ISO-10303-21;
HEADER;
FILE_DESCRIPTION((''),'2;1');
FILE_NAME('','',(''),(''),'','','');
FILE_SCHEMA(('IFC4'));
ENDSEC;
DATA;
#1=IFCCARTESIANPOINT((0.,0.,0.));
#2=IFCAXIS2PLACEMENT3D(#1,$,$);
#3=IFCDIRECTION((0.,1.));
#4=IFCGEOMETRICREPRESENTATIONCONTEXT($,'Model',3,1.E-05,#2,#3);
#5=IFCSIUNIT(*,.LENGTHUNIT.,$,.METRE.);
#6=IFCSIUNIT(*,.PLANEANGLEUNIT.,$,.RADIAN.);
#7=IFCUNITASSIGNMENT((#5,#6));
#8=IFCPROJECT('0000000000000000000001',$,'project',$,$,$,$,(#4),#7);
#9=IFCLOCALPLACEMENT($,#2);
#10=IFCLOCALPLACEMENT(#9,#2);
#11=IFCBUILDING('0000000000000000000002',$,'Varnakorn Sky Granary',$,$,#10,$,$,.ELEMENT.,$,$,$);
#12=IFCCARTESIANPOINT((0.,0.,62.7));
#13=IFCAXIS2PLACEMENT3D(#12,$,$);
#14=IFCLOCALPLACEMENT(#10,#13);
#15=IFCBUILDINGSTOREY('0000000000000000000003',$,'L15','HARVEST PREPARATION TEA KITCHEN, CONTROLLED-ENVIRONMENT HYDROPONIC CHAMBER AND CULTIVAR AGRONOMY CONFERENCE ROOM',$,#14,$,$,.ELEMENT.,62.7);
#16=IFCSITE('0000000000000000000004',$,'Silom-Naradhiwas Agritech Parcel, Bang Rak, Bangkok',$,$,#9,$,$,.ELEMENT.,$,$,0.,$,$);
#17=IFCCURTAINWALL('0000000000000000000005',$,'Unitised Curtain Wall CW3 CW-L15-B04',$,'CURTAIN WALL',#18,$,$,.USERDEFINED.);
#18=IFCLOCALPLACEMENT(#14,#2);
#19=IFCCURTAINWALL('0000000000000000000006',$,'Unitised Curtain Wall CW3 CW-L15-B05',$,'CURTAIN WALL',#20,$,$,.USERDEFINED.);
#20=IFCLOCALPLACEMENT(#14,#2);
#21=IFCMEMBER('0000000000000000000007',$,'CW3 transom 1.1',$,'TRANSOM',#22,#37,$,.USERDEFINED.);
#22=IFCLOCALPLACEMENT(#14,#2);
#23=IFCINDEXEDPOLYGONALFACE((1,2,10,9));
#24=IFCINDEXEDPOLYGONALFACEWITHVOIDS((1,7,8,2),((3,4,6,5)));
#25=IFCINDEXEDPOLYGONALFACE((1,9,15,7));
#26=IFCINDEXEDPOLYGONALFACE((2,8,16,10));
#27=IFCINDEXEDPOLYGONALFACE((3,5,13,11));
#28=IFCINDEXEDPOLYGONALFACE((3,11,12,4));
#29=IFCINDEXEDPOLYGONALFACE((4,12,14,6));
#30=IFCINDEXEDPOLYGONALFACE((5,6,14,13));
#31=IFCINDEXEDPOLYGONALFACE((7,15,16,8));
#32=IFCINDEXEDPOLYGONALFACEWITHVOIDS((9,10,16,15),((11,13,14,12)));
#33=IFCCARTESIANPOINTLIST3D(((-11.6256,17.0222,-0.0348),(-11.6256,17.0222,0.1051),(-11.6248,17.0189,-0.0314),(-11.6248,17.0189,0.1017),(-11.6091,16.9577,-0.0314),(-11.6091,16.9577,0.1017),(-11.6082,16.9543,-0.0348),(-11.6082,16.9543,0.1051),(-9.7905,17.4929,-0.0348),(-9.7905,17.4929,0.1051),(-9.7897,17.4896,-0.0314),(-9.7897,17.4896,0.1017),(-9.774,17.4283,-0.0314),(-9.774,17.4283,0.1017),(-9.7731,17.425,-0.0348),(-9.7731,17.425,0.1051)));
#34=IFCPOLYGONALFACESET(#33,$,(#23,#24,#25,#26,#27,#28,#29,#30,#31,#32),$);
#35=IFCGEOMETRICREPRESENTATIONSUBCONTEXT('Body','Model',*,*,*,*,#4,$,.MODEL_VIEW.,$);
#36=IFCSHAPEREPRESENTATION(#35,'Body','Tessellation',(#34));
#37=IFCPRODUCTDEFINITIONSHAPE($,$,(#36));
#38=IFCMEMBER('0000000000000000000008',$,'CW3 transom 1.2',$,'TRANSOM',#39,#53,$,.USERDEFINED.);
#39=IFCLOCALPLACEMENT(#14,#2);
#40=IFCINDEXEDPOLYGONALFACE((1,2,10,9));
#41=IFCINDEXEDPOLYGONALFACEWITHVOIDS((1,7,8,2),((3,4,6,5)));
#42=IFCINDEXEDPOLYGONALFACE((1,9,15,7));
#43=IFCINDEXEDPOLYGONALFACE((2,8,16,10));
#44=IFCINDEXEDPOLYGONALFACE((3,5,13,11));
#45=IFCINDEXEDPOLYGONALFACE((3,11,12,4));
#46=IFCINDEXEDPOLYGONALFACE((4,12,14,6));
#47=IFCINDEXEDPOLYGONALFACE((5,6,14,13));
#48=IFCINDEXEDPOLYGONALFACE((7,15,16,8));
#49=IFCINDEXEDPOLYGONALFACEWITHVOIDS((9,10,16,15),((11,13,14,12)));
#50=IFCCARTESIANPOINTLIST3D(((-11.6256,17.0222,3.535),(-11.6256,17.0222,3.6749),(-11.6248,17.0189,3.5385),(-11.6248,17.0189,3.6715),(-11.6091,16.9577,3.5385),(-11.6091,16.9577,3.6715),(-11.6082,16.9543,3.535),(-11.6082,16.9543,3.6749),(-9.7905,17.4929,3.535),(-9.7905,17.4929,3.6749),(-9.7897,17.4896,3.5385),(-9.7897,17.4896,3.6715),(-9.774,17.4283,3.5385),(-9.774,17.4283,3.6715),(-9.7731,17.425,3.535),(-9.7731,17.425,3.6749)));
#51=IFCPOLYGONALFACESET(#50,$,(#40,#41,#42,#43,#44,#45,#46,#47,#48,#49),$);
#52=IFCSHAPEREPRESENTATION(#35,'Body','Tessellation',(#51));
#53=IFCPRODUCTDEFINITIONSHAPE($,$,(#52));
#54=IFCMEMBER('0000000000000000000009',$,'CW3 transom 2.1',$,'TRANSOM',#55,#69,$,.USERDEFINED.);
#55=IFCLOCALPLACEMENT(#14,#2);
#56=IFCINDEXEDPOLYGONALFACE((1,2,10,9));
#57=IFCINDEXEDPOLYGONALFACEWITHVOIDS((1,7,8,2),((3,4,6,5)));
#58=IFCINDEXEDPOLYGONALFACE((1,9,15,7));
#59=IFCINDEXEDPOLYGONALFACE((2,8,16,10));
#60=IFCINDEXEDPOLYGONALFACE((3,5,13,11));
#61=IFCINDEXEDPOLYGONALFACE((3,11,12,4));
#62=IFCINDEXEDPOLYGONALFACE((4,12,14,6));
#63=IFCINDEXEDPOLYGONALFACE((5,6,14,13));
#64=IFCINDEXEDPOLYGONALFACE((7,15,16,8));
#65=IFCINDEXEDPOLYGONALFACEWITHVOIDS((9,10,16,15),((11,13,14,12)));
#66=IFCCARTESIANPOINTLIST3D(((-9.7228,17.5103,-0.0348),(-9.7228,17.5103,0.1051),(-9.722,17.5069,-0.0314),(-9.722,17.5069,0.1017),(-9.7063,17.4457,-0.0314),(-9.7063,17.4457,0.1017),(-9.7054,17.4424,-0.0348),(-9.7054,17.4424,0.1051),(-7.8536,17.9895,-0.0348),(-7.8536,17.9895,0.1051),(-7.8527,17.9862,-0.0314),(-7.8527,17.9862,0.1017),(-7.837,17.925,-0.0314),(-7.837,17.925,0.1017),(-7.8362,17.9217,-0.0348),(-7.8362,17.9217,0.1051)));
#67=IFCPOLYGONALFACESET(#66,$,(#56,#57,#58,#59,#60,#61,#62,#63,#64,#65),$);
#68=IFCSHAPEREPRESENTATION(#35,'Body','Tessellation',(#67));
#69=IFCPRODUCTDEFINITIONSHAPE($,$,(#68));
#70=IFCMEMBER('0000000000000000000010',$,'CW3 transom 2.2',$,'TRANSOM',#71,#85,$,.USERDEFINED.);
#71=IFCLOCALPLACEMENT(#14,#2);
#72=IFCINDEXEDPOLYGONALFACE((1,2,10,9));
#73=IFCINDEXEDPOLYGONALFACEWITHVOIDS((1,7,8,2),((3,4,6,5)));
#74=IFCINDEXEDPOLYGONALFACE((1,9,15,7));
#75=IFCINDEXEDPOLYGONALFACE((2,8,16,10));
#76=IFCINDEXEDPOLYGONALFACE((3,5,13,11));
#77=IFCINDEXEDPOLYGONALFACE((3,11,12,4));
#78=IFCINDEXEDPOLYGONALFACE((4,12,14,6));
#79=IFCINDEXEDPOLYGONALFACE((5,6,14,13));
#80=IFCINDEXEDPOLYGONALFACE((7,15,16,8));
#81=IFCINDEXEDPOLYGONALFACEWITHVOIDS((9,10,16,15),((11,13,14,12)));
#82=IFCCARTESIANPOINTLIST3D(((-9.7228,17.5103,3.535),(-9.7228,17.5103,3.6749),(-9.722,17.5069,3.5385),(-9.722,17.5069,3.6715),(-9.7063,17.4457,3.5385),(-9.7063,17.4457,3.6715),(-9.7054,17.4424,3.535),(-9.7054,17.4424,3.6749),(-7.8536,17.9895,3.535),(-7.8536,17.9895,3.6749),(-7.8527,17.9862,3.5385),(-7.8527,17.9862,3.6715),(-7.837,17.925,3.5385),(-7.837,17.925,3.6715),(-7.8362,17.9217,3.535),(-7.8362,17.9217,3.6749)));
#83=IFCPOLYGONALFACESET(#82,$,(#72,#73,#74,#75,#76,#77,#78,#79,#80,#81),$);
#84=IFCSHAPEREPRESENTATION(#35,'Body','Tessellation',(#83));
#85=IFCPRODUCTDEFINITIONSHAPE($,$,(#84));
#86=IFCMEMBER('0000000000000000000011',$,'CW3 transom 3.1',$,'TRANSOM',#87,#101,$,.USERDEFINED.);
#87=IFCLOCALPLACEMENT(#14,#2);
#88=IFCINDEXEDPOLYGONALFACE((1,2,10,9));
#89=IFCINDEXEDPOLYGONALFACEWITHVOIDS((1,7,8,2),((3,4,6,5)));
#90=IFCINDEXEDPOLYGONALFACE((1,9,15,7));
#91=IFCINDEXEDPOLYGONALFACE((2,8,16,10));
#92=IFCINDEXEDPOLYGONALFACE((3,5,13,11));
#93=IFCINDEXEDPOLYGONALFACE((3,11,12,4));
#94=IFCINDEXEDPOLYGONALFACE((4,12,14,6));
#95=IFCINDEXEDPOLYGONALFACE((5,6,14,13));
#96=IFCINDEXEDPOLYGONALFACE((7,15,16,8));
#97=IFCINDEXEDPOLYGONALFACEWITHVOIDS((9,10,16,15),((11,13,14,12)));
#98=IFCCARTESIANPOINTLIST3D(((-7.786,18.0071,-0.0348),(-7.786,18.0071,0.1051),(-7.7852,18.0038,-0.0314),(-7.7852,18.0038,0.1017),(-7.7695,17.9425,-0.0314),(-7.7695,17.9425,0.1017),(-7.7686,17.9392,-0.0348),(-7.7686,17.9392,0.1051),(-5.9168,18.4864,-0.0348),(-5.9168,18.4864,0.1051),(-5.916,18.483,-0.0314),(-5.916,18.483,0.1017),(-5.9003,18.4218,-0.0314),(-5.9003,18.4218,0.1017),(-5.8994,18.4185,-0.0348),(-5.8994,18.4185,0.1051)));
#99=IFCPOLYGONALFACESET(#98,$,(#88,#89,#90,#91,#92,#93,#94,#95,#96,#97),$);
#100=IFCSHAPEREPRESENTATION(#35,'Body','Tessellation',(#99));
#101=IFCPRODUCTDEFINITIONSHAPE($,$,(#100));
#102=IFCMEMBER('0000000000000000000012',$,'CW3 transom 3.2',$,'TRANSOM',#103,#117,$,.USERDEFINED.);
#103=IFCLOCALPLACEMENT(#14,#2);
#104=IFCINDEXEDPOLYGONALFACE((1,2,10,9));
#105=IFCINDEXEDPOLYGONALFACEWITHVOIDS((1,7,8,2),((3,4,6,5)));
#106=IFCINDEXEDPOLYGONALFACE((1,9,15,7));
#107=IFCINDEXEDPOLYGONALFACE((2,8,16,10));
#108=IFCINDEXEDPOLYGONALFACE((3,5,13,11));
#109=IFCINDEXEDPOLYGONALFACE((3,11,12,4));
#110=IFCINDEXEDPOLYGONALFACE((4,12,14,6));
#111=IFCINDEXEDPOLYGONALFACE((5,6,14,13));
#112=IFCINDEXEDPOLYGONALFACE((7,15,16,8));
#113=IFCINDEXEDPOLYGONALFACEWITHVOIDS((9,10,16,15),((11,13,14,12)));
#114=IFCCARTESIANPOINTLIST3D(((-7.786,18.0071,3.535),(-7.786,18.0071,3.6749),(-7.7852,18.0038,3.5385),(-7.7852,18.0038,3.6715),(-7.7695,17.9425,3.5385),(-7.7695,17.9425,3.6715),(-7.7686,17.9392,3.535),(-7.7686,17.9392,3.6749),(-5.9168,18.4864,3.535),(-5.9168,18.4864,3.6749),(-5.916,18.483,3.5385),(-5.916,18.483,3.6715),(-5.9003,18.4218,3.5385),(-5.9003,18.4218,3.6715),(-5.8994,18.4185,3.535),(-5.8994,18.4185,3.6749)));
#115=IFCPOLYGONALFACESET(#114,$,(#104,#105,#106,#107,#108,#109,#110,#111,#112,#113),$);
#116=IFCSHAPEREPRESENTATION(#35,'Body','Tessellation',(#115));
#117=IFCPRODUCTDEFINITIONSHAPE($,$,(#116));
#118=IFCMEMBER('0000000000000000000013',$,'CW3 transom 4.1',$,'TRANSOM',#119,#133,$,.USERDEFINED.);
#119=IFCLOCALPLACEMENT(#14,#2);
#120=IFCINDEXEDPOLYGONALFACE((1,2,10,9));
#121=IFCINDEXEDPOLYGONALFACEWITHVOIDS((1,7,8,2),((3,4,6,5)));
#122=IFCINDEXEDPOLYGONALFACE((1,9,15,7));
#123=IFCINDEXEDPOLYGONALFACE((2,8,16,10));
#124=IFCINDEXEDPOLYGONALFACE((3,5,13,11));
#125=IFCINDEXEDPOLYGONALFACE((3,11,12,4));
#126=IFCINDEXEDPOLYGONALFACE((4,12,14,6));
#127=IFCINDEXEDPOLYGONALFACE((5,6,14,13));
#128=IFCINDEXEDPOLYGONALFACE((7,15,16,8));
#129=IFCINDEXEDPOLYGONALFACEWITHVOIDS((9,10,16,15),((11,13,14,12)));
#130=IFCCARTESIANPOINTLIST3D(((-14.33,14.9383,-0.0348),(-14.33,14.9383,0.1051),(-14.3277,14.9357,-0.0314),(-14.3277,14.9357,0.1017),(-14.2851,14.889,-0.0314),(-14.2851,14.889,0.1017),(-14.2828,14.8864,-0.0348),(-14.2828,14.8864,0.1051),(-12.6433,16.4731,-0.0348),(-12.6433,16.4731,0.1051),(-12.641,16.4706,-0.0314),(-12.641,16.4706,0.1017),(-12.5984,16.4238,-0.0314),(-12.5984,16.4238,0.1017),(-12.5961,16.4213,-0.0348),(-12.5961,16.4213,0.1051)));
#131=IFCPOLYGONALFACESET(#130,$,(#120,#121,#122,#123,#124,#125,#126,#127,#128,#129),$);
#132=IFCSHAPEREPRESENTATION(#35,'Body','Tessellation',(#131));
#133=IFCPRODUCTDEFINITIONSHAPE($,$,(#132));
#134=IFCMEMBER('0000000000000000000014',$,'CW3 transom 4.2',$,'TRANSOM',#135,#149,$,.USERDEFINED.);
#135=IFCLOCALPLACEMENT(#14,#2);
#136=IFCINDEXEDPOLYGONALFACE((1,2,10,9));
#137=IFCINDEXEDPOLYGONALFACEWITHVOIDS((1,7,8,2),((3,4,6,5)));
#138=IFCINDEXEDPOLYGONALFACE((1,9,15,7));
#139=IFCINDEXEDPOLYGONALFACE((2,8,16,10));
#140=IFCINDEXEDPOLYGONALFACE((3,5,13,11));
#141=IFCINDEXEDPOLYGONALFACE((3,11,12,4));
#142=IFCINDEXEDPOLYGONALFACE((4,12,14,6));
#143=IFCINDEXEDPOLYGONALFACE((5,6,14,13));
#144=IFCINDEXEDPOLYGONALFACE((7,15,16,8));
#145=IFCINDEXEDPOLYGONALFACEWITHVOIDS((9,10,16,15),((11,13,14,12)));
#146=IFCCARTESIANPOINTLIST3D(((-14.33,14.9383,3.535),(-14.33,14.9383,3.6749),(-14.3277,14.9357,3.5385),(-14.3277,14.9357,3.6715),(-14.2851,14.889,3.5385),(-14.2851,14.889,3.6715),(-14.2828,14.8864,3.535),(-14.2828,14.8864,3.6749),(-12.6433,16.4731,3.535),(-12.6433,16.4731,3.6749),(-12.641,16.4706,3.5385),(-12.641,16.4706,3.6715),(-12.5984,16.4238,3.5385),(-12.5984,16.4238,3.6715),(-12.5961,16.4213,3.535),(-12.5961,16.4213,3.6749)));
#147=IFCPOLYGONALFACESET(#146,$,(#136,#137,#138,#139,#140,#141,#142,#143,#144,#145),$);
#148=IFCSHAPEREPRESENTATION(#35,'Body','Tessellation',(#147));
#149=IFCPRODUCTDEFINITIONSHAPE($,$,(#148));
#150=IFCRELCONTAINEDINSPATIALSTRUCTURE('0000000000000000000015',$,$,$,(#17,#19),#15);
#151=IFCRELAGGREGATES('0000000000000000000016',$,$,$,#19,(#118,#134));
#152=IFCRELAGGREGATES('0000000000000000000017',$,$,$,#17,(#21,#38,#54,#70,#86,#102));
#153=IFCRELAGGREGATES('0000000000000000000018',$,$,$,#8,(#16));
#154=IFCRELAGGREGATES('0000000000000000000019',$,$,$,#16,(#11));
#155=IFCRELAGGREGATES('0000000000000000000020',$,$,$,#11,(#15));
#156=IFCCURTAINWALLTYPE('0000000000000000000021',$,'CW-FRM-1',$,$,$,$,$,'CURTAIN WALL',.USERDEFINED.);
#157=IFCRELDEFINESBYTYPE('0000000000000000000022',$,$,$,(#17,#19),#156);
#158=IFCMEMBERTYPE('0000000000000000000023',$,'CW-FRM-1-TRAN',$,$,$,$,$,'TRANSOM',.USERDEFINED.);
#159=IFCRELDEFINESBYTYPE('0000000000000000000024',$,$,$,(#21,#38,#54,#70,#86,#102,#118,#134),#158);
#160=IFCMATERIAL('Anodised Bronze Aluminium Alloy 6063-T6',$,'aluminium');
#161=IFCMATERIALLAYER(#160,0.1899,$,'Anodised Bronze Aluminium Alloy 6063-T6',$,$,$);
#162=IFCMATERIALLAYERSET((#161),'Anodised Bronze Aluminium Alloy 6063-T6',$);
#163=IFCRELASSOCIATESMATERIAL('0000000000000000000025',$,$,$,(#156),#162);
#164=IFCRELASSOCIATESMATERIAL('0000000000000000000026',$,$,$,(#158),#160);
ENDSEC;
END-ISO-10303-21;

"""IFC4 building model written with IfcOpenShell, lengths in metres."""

from ifc_helpers import new_model, si_unit, direction, frame, origin, origin_2d, place, context, subcontext, project, spatial, hollow_rectangle, extrude, material, layer, layer_set, material_profile, profile_set, type_object, element, aggregate, save


model = new_model("IFC4")

# Units and contexts
model_context = context("Model", 3, precision=1e-05, world=origin(), true_north=direction((0.0, 1.0)))
body_context = subcontext(model_context, "Body", "Model", "MODEL_VIEW")
ifc_project = project(units=[si_unit("LENGTHUNIT", "METRE"), si_unit("PLANEANGLEUNIT", "RADIAN")], contexts=[model_context])

# Site, building, storey
site_placement = place(None, origin())
site = spatial("IfcSite", under=ifc_project, at=site_placement, Name="Silom-Naradhiwas Agritech Parcel, Bang Rak, Bangkok", CompositionType="ELEMENT", RefElevation=0.0)
building_placement = place(site_placement, origin())
building = spatial("IfcBuilding", under=site, at=building_placement, Name="Varnakorn Sky Granary", CompositionType="ELEMENT")
storey_placement = place(building_placement, frame((0.0, 0.0, 62.7)))
storey = spatial("IfcBuildingStorey", under=building, at=storey_placement, Name="L15", Description="HARVEST PREPARATION TEA KITCHEN, CONTROLLED-ENVIRONMENT HYDROPONIC CHAMBER AND CULTIVAR AGRONOMY CONFERENCE ROOM", CompositionType="ELEMENT", Elevation=62.7)

# Curtain walls
ifc_material_1 = material(Name="Anodised Bronze Aluminium Alloy 6063-T6", Category="aluminium")
ifc_layer_1 = layer(ifc_material_1, 0.1899, Name="Anodised Bronze Aluminium Alloy 6063-T6")
ifc_layer_set_1 = layer_set([ifc_layer_1], Name="Anodised Bronze Aluminium Alloy 6063-T6")
curtain_wall_type = type_object("IfcCurtainWallType", Name="CW-FRM-1", ElementType="CURTAIN WALL", PredefinedType="USERDEFINED", material=ifc_layer_set_1)
curtain_wall_1_placement = place(storey_placement, origin())
curtain_wall_1 = element("IfcCurtainWall", 1, at=curtain_wall_1_placement, inside=storey, type_object=curtain_wall_type, Name="Unitised Curtain Wall CW3 CW-L15-B04", ObjectType="CURTAIN WALL", PredefinedType="USERDEFINED")
curtain_wall_2_placement = place(storey_placement, origin())
curtain_wall_2 = element("IfcCurtainWall", 2, at=curtain_wall_2_placement, inside=storey, type_object=curtain_wall_type, Name="Unitised Curtain Wall CW3 CW-L15-B05", ObjectType="CURTAIN WALL", PredefinedType="USERDEFINED")

# Members
ifc_material_profile_1 = material_profile(ifc_material_1, hollow_rectangle(XDim=0.0701, YDim=0.1399, WallThickness=0.0034, at=origin_2d()), Name="ALU TRAN 70x140")
ifc_profile_set_1 = profile_set([ifc_material_profile_1], Name="Anodised Bronze Aluminium Alloy 6063-T6")
member_type_1 = type_object("IfcMemberType", Name="CW-FRM-1-TRAN", ElementType="TRANSOM", PredefinedType="USERDEFINED", material=ifc_profile_set_1)
member_1_placement = place(storey_placement, frame((-11.6169, 16.9883, 0.0352), z_axis=(0.968646, 0.248444, 0.0), x_axis=(-0.248444, 0.968646, 0.0)))
member_1 = element("IfcMember", 3, at=member_1_placement, type_object=member_type_1, Name="CW3 transom 1.1", ObjectType="TRANSOM", PredefinedType="USERDEFINED", context=body_context, shape_type="SweptSolid", body=[
    extrude(hollow_rectangle(XDim=0.0701, YDim=0.1399, WallThickness=0.0034, at=origin_2d()), origin(), (0.0, 0.0, 1.0), 1.8945),
])
member_2_placement = place(storey_placement, frame((-11.6169, 16.9883, 3.605), z_axis=(0.968646, 0.248444, 0.0), x_axis=(-0.248444, 0.968646, 0.0)))
member_2 = element("IfcMember", 4, at=member_2_placement, type_object=member_type_1, Name="CW3 transom 1.2", ObjectType="TRANSOM", PredefinedType="USERDEFINED", context=body_context, shape_type="SweptSolid", body=[
    extrude(hollow_rectangle(XDim=0.0701, YDim=0.1399, WallThickness=0.0034, at=origin_2d()), origin(), (0.0, 0.0, 1.0), 1.8945),
])
member_3_placement = place(storey_placement, frame((-9.7141, 17.4763, 0.0352), z_axis=(0.968666, 0.248366, 0.0), x_axis=(-0.248366, 0.968666, 0.0)))
member_3 = element("IfcMember", 5, at=member_3_placement, type_object=member_type_1, Name="CW3 transom 2.1", ObjectType="TRANSOM", PredefinedType="USERDEFINED", context=body_context, shape_type="SweptSolid", body=[
    extrude(hollow_rectangle(XDim=0.0701, YDim=0.1399, WallThickness=0.0034, at=origin_2d()), origin(), (0.0, 0.0, 1.0), 1.9297),
])
member_4_placement = place(storey_placement, frame((-9.7141, 17.4763, 3.605), z_axis=(0.968666, 0.248366, 0.0), x_axis=(-0.248366, 0.968666, 0.0)))
member_4 = element("IfcMember", 6, at=member_4_placement, type_object=member_type_1, Name="CW3 transom 2.2", ObjectType="TRANSOM", PredefinedType="USERDEFINED", context=body_context, shape_type="SweptSolid", body=[
    extrude(hollow_rectangle(XDim=0.0701, YDim=0.1399, WallThickness=0.0034, at=origin_2d()), origin(), (0.0, 0.0, 1.0), 1.9297),
])
member_5_placement = place(storey_placement, frame((-7.7773, 17.9731, 0.0352), z_axis=(0.968666, 0.248366, 0.0), x_axis=(-0.248366, 0.968666, 0.0)))
member_5 = element("IfcMember", 7, at=member_5_placement, type_object=member_type_1, Name="CW3 transom 3.1", ObjectType="TRANSOM", PredefinedType="USERDEFINED", context=body_context, shape_type="SweptSolid", body=[
    extrude(hollow_rectangle(XDim=0.0701, YDim=0.1399, WallThickness=0.0034, at=origin_2d()), origin(), (0.0, 0.0, 1.0), 1.9297),
])
member_6_placement = place(storey_placement, frame((-7.7773, 17.9731, 3.605), z_axis=(0.968666, 0.248366, 0.0), x_axis=(-0.248366, 0.968666, 0.0)))
member_6 = element("IfcMember", 8, at=member_6_placement, type_object=member_type_1, Name="CW3 transom 3.2", ObjectType="TRANSOM", PredefinedType="USERDEFINED", context=body_context, shape_type="SweptSolid", body=[
    extrude(hollow_rectangle(XDim=0.0701, YDim=0.1399, WallThickness=0.0034, at=origin_2d()), origin(), (0.0, 0.0, 1.0), 1.9297),
])
member_7_placement = place(storey_placement, frame((-14.3064, 14.9124, 0.0352), z_axis=(0.739615, 0.67303, 0.0), x_axis=(-0.67303, 0.739615, 0.0)))
member_7 = element("IfcMember", 9, at=member_7_placement, type_object=member_type_1, Name="CW3 transom 4.1", ObjectType="TRANSOM", PredefinedType="USERDEFINED", context=body_context, shape_type="SweptSolid", body=[
    extrude(hollow_rectangle(XDim=0.0701, YDim=0.1399, WallThickness=0.0034, at=origin_2d()), origin(), (0.0, 0.0, 1.0), 2.2805),
])
member_8_placement = place(storey_placement, frame((-14.3064, 14.9124, 3.605), z_axis=(0.739615, 0.67303, 0.0), x_axis=(-0.67303, 0.739615, 0.0)))
member_8 = element("IfcMember", 10, at=member_8_placement, type_object=member_type_1, Name="CW3 transom 4.2", ObjectType="TRANSOM", PredefinedType="USERDEFINED", context=body_context, shape_type="SweptSolid", body=[
    extrude(hollow_rectangle(XDim=0.0701, YDim=0.1399, WallThickness=0.0034, at=origin_2d()), origin(), (0.0, 0.0, 1.0), 2.2805),
])

aggregate(curtain_wall_2, [member_7, member_8])
aggregate(curtain_wall_1, [member_1, member_2, member_3, member_4, member_5, member_6])

save(model, "model.ifc")
